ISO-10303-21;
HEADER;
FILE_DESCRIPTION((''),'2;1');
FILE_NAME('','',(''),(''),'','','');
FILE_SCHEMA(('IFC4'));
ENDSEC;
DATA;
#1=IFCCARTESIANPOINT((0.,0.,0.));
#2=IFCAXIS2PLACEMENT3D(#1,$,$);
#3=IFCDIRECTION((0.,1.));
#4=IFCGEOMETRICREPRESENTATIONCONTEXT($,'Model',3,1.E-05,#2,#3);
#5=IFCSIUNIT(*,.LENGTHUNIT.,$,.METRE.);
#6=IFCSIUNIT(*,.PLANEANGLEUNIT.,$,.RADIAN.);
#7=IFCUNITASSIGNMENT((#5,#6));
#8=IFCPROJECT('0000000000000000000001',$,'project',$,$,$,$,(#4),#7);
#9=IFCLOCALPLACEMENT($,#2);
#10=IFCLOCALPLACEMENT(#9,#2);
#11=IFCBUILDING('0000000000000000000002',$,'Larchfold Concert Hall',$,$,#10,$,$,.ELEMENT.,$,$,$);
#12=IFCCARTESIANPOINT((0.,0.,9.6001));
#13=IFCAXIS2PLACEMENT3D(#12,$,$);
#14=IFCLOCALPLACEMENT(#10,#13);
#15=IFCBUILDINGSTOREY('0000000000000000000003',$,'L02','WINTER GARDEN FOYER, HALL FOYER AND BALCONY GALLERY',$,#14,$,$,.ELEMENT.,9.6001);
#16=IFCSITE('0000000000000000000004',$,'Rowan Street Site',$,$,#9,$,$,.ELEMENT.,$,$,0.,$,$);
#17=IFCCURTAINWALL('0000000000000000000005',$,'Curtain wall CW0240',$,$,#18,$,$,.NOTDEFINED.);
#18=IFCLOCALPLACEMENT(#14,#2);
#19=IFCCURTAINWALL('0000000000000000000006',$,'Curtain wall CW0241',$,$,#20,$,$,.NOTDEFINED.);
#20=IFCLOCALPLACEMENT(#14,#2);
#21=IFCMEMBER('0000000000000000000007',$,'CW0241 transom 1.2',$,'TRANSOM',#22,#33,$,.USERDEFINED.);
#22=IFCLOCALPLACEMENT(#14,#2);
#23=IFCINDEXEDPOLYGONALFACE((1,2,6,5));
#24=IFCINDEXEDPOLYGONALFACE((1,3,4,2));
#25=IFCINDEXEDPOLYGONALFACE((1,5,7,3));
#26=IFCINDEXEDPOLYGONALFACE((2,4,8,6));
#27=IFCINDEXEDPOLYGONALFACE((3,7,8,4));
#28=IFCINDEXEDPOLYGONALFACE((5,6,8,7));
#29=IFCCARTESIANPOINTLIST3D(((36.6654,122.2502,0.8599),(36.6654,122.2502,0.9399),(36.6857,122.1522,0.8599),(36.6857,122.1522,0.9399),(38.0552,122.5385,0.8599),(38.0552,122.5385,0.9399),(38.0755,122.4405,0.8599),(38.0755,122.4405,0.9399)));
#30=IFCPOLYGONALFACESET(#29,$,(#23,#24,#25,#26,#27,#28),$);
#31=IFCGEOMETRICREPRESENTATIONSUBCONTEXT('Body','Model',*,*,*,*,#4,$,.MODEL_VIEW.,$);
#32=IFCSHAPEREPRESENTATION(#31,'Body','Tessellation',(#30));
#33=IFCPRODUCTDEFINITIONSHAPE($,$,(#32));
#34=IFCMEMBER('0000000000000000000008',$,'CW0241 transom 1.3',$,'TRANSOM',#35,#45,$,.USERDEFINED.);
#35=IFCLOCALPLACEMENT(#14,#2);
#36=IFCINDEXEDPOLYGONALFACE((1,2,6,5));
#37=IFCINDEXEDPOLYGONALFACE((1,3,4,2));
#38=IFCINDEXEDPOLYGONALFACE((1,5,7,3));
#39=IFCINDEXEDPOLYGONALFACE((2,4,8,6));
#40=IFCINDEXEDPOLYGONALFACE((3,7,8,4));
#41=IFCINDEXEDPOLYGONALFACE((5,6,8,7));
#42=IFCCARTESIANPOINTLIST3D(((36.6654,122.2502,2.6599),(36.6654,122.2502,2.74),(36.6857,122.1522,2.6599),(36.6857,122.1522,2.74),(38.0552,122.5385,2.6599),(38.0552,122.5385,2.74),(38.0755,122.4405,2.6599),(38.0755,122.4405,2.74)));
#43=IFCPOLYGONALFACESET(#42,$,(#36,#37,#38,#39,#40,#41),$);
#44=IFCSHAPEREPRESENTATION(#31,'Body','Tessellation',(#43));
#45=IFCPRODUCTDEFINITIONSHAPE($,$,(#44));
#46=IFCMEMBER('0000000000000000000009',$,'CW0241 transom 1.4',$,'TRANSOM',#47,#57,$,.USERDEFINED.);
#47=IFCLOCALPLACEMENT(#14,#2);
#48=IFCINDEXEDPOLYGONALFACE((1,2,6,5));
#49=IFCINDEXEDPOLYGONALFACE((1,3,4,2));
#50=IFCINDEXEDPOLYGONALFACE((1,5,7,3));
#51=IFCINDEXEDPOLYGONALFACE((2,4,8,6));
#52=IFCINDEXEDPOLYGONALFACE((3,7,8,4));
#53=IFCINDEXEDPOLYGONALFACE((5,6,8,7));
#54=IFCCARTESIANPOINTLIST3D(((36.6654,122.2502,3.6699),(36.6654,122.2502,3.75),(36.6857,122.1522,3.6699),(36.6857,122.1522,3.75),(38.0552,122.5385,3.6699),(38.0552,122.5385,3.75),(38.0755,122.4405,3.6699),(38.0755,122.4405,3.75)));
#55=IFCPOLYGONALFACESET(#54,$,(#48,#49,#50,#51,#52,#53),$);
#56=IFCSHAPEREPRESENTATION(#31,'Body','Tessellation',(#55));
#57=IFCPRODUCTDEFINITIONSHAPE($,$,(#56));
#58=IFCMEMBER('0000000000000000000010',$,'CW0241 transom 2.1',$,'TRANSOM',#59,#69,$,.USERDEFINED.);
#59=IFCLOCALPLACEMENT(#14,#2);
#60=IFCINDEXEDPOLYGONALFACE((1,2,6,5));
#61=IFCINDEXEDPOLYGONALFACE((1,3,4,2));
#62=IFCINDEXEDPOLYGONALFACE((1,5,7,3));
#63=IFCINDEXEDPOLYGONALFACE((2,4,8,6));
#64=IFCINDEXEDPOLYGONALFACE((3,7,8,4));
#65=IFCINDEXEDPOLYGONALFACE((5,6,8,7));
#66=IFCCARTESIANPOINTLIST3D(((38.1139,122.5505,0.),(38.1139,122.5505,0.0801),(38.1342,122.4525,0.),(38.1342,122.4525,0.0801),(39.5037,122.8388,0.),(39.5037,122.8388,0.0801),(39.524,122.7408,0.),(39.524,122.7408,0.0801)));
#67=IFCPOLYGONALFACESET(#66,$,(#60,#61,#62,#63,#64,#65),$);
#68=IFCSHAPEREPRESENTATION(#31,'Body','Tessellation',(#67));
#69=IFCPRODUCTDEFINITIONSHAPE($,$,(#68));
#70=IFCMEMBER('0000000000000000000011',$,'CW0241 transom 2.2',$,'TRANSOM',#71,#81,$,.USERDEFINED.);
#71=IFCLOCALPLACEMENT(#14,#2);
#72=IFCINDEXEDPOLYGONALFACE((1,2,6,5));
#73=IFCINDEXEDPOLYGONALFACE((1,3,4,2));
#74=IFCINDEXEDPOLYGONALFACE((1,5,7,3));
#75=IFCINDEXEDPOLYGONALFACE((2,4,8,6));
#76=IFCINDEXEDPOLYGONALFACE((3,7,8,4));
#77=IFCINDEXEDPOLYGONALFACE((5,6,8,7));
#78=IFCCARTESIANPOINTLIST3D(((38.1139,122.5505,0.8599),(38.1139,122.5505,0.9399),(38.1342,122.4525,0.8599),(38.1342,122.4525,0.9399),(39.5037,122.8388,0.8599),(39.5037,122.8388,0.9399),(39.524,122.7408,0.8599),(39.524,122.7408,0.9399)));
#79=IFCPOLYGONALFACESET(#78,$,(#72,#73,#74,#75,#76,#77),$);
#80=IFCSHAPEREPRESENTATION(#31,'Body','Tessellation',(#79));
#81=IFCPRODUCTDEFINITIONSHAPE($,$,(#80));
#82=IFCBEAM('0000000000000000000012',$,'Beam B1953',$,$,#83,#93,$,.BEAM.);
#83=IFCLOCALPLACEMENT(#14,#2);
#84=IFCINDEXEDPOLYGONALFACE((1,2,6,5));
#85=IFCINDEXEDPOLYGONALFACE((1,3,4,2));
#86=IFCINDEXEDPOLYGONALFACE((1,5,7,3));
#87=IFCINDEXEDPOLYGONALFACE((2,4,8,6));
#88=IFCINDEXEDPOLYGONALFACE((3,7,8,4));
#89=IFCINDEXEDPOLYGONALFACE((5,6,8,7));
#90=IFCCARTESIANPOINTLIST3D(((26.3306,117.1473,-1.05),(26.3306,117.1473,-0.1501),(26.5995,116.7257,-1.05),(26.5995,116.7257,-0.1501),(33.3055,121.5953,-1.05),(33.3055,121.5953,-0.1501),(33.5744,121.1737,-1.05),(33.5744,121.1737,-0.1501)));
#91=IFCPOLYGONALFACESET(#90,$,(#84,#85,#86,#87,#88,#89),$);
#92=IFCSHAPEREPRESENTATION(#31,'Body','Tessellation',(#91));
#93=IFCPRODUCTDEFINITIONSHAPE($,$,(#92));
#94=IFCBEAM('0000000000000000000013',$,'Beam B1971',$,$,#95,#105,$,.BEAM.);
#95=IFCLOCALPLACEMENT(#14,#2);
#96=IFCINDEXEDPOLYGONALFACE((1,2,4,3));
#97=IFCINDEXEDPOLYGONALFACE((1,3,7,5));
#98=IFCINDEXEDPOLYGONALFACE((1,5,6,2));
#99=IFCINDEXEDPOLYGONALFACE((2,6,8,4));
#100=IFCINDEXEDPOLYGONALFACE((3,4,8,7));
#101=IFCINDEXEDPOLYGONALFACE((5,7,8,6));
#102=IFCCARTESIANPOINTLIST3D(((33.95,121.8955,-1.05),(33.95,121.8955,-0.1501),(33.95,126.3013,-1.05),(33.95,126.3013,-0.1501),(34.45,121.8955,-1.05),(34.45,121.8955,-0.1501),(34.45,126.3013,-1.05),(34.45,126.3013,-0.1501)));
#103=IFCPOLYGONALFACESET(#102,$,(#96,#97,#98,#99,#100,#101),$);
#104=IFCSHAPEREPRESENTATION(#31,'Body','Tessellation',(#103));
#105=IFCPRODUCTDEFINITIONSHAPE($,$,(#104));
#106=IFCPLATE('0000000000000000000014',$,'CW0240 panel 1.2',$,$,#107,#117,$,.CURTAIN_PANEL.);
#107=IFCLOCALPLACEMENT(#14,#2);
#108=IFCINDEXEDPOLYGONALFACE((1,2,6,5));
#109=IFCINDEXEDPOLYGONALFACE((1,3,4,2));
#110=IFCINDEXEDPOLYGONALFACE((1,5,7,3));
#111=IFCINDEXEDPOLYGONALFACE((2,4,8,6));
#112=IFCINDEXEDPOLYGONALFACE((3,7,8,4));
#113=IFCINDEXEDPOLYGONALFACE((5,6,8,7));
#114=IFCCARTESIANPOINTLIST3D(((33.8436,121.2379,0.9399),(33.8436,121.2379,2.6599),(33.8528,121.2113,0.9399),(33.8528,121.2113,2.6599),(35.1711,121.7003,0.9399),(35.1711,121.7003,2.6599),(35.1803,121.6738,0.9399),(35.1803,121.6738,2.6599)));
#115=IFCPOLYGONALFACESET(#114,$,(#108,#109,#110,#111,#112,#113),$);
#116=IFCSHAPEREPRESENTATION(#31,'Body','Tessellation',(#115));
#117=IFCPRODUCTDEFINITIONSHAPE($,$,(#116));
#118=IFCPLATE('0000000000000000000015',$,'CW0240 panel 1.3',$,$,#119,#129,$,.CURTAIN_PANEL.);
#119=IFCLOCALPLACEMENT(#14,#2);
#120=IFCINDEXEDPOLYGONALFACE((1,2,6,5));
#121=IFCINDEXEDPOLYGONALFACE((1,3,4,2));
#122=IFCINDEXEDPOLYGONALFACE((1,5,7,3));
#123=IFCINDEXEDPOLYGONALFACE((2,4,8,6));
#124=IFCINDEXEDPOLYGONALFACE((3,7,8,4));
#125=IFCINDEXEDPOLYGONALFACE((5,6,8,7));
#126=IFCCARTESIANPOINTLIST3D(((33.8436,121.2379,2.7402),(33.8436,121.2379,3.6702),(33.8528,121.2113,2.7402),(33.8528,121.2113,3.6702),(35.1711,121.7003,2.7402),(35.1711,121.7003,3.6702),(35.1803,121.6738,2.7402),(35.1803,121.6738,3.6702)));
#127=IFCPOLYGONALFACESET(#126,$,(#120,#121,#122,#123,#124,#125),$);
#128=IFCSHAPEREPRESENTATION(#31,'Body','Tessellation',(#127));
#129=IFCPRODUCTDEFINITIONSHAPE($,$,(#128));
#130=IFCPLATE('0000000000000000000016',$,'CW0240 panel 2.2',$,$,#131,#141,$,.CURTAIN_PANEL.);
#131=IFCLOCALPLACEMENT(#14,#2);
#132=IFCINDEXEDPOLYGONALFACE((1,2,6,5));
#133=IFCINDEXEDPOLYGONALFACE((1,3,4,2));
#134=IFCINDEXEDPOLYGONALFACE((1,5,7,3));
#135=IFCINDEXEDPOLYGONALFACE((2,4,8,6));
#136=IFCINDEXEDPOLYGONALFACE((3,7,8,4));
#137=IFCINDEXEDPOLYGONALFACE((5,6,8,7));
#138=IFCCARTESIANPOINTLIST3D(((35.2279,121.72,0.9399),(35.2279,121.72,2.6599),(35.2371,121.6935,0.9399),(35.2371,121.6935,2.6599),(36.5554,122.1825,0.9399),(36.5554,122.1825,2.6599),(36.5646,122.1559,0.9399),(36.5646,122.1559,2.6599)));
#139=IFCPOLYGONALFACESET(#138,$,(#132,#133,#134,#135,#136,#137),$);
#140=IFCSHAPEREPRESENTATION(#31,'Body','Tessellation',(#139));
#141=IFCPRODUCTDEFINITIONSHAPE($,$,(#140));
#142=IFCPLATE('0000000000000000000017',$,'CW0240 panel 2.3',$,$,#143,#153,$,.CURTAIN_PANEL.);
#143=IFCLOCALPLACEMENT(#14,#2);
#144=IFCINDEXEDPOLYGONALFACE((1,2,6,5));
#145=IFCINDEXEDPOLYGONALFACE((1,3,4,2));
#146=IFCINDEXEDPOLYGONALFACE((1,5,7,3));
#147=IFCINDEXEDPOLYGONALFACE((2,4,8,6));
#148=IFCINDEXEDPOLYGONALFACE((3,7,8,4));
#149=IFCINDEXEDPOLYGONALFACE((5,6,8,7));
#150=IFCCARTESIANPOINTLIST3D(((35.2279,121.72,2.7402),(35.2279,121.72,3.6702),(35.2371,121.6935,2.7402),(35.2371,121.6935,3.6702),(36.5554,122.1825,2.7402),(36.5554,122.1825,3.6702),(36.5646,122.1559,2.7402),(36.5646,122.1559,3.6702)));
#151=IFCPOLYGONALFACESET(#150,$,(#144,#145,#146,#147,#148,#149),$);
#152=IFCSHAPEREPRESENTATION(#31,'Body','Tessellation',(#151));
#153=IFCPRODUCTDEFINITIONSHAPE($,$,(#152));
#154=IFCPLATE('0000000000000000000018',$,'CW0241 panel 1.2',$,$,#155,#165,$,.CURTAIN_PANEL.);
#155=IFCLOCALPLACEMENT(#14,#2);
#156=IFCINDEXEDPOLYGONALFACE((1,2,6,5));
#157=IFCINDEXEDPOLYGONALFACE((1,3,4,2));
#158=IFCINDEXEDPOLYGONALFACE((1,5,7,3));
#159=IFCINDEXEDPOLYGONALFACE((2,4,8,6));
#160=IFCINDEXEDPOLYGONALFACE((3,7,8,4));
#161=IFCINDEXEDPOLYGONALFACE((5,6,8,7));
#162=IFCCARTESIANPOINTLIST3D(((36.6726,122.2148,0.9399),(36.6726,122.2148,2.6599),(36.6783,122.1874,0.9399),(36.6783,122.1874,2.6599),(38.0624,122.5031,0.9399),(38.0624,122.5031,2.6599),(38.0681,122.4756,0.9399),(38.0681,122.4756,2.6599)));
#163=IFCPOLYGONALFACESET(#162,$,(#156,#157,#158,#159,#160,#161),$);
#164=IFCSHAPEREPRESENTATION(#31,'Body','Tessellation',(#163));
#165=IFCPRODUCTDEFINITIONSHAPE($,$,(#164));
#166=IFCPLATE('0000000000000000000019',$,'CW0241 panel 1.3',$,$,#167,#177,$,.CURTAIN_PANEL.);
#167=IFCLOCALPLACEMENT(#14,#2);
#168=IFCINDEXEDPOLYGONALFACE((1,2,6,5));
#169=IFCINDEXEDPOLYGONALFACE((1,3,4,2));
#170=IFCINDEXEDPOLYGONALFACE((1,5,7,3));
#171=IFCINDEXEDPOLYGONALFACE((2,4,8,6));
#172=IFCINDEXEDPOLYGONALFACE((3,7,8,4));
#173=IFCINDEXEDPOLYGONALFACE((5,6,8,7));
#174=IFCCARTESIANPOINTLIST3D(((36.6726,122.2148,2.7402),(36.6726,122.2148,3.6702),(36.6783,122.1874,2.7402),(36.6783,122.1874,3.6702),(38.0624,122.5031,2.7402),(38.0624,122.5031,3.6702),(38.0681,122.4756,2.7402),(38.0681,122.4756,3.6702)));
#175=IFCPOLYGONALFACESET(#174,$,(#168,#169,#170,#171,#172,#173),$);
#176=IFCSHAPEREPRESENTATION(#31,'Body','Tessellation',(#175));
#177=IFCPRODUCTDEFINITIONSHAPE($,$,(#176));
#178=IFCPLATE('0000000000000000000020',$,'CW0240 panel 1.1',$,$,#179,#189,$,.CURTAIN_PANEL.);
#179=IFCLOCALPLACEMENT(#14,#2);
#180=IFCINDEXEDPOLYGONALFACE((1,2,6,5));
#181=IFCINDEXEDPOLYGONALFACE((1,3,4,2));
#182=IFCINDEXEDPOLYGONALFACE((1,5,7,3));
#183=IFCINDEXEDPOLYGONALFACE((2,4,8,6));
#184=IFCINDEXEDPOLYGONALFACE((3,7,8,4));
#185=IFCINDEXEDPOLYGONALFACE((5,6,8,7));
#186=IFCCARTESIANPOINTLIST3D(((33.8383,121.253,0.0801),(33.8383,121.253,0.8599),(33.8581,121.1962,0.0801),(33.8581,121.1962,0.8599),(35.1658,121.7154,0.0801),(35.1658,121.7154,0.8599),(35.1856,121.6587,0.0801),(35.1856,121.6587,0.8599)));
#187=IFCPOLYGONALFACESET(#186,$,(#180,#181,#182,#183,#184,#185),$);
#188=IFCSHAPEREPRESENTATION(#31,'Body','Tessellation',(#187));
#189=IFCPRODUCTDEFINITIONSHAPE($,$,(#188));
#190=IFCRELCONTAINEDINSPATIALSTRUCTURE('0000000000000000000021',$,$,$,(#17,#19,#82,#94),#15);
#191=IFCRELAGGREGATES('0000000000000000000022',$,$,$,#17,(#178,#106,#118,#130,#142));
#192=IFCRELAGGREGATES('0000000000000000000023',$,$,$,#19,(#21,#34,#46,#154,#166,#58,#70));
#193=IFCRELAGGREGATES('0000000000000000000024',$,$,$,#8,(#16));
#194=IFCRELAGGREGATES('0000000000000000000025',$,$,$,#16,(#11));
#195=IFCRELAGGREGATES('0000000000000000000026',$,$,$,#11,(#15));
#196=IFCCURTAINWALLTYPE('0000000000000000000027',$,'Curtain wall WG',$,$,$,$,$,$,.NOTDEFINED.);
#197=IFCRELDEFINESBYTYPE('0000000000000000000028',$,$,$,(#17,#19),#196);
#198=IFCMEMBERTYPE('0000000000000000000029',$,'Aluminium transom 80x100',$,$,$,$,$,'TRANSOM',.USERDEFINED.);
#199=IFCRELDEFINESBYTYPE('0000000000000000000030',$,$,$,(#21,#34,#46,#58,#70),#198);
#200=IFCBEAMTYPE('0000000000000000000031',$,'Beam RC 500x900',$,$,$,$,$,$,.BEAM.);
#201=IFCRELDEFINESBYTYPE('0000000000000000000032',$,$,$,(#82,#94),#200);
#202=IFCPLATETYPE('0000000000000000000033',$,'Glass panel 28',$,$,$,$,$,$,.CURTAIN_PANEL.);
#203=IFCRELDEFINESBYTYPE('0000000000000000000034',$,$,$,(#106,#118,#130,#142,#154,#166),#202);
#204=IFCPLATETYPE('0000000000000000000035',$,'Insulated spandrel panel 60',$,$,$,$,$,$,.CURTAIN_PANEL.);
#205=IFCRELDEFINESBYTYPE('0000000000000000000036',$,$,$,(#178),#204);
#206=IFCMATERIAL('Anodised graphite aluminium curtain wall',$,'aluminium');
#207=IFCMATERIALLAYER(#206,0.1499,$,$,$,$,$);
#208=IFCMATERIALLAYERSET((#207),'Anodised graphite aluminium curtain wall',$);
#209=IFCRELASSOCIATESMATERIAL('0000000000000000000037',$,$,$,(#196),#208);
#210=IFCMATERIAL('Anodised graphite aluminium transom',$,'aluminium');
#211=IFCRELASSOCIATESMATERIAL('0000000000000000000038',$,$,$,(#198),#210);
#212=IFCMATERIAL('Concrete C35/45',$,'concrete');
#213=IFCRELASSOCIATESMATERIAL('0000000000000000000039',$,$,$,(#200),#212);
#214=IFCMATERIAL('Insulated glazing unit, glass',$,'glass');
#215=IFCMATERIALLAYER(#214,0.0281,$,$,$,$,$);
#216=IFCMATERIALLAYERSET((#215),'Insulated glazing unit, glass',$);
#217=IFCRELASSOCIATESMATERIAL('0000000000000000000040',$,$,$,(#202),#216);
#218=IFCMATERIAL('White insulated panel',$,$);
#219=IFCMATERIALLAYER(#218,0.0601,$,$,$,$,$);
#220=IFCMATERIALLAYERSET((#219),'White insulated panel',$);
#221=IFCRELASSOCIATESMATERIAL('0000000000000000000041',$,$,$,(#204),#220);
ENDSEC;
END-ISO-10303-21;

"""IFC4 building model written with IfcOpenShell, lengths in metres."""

from ifc_helpers import new_model, si_unit, direction, frame, origin, origin_2d, place, context, subcontext, project, spatial, rectangle, extrude, material, layer, layer_set, material_profile, profile_set, type_object, element, aggregate, save


model = new_model("IFC4")

# Units and contexts
model_context = context("Model", 3, precision=1e-05, world=origin(), true_north=direction((0.0, 1.0)))
body_context = subcontext(model_context, "Body", "Model", "MODEL_VIEW")
ifc_project = project(units=[si_unit("LENGTHUNIT", "METRE"), si_unit("PLANEANGLEUNIT", "RADIAN")], contexts=[model_context])

# Site, building, storey
site_placement = place(None, origin())
site = spatial("IfcSite", under=ifc_project, at=site_placement, Name="Rowan Street Site", CompositionType="ELEMENT", RefElevation=0.0)
building_placement = place(site_placement, origin())
building = spatial("IfcBuilding", under=site, at=building_placement, Name="Larchfold Concert Hall", CompositionType="ELEMENT")
storey_placement = place(building_placement, frame((0.0, 0.0, 9.6001)))
storey = spatial("IfcBuildingStorey", under=building, at=storey_placement, Name="L02", Description="WINTER GARDEN FOYER, HALL FOYER AND BALCONY GALLERY", CompositionType="ELEMENT", Elevation=9.6001)

# Curtain walls
ifc_material_1 = material(Name="Anodised graphite aluminium curtain wall", Category="aluminium")
ifc_layer_1 = layer(ifc_material_1, 0.1499)
ifc_layer_set_1 = layer_set([ifc_layer_1], Name="Anodised graphite aluminium curtain wall")
curtain_wall_type = type_object("IfcCurtainWallType", Name="Curtain wall WG", PredefinedType="NOTDEFINED", material=ifc_layer_set_1)
curtain_wall_1_placement = place(storey_placement, origin())
curtain_wall_1 = element("IfcCurtainWall", 1, at=curtain_wall_1_placement, inside=storey, type_object=curtain_wall_type, Name="Curtain wall CW0240", PredefinedType="NOTDEFINED")
curtain_wall_2_placement = place(storey_placement, origin())
curtain_wall_2 = element("IfcCurtainWall", 2, at=curtain_wall_2_placement, inside=storey, type_object=curtain_wall_type, Name="Curtain wall CW0241", PredefinedType="NOTDEFINED")

# Members
ifc_material_2 = material(Name="Anodised graphite aluminium transom", Category="aluminium")
ifc_material_profile_1 = material_profile(ifc_material_2, rectangle(XDim=0.1001, YDim=0.0801, at=origin_2d()))
ifc_profile_set_1 = profile_set([ifc_material_profile_1], Name="Anodised graphite aluminium transom")
member_type_1 = type_object("IfcMemberType", Name="Aluminium transom 80x100", ElementType="TRANSOM", PredefinedType="USERDEFINED", material=ifc_profile_set_1)
member_1_placement = place(storey_placement, frame((36.6755, 122.2012, 0.8999), z_axis=(0.979153, 0.203123, 0.0), x_axis=(-0.203123, 0.979153, 0.0)))
member_1 = element("IfcMember", 3, at=member_1_placement, type_object=member_type_1, Name="CW0241 transom 1.2", ObjectType="TRANSOM", PredefinedType="USERDEFINED", context=body_context, shape_type="SweptSolid", body=[
    extrude(rectangle(XDim=0.1001, YDim=0.0801, at=origin_2d()), origin(), (0.0, 0.0, 1.0), 1.4194),
])
member_2_placement = place(storey_placement, frame((36.6755, 122.2012, 2.7), z_axis=(0.979153, 0.203123, 0.0), x_axis=(-0.203123, 0.979153, 0.0)))
member_2 = element("IfcMember", 4, at=member_2_placement, type_object=member_type_1, Name="CW0241 transom 1.3", ObjectType="TRANSOM", PredefinedType="USERDEFINED", context=body_context, shape_type="SweptSolid", body=[
    extrude(rectangle(XDim=0.1001, YDim=0.0801, at=origin_2d()), origin(), (0.0, 0.0, 1.0), 1.4194),
])
member_3_placement = place(storey_placement, frame((36.6755, 122.2012, 3.71), z_axis=(0.979153, 0.203123, 0.0), x_axis=(-0.203123, 0.979153, 0.0)))
member_3 = element("IfcMember", 5, at=member_3_placement, type_object=member_type_1, Name="CW0241 transom 1.4", ObjectType="TRANSOM", PredefinedType="USERDEFINED", context=body_context, shape_type="SweptSolid", body=[
    extrude(rectangle(XDim=0.1001, YDim=0.0801, at=origin_2d()), origin(), (0.0, 0.0, 1.0), 1.4194),
])
member_4_placement = place(storey_placement, frame((38.124, 122.5015, 0.04), z_axis=(0.979153, 0.203123, 0.0), x_axis=(-0.203123, 0.979153, 0.0)))
member_4 = element("IfcMember", 6, at=member_4_placement, type_object=member_type_1, Name="CW0241 transom 2.1", ObjectType="TRANSOM", PredefinedType="USERDEFINED", context=body_context, shape_type="SweptSolid", body=[
    extrude(rectangle(XDim=0.1001, YDim=0.0801, at=origin_2d()), origin(), (0.0, 0.0, 1.0), 1.4194),
])
member_5_placement = place(storey_placement, frame((38.124, 122.5015, 0.8999), z_axis=(0.979153, 0.203123, 0.0), x_axis=(-0.203123, 0.979153, 0.0)))
member_5 = element("IfcMember", 7, at=member_5_placement, type_object=member_type_1, Name="CW0241 transom 2.2", ObjectType="TRANSOM", PredefinedType="USERDEFINED", context=body_context, shape_type="SweptSolid", body=[
    extrude(rectangle(XDim=0.1001, YDim=0.0801, at=origin_2d()), origin(), (0.0, 0.0, 1.0), 1.4194),
])

# Beams
ifc_material_3 = material(Name="Concrete C35/45", Category="concrete")
ifc_material_profile_2 = material_profile(ifc_material_3, rectangle(XDim=0.5, YDim=0.8999, at=origin_2d()))
ifc_profile_set_2 = profile_set([ifc_material_profile_2], Name="Concrete C35/45")
beam_type = type_object("IfcBeamType", Name="Beam RC 500x900", PredefinedType="BEAM", material=ifc_profile_set_2)
beam_1_placement = place(storey_placement, frame((33.4399, 121.3845, -0.6001), z_axis=(-0.843143, -0.537689, 0.0), x_axis=(0.537689, -0.843143, 0.0)))
element("IfcBeam", 8, at=beam_1_placement, inside=storey, type_object=beam_type, Name="Beam B1953", PredefinedType="BEAM", context=body_context, shape_type="SweptSolid", body=[
    extrude(rectangle(XDim=0.5, YDim=0.8999, at=origin_2d()), origin(), (0.0, 0.0, 1.0), 8.2725),
])
beam_2_placement = place(storey_placement, frame((34.2, 121.8955, -0.6001), z_axis=(0.0, 1.0, 0.0), x_axis=(-1.0, 0.0, 0.0)))
element("IfcBeam", 9, at=beam_2_placement, inside=storey, type_object=beam_type, Name="Beam B1971", PredefinedType="BEAM", context=body_context, shape_type="SweptSolid", body=[
    extrude(rectangle(XDim=0.5, YDim=0.8999, at=origin_2d()), origin(), (0.0, 0.0, 1.0), 4.4058),
])

# Plates
ifc_material_4 = material(Name="Insulated glazing unit, glass", Category="glass")
ifc_layer_2 = layer(ifc_material_4, 0.0281)
ifc_layer_set_2 = layer_set([ifc_layer_2], Name="Insulated glazing unit, glass")
plate_type_1 = type_object("IfcPlateType", Name="Glass panel 28", PredefinedType="CURTAIN_PANEL", material=ifc_layer_set_2)
plate_1_placement = place(storey_placement, frame((34.512, 121.4558, 0.9399), z_axis=(0.0, 0.0, 1.0), x_axis=(0.944346, 0.328954, 0.0)))
plate_1 = element("IfcPlate", 10, at=plate_1_placement, type_object=plate_type_1, Name="CW0240 panel 1.2", PredefinedType="CURTAIN_PANEL", context=body_context, shape_type="SweptSolid", body=[
    extrude(rectangle(XDim=1.4058, YDim=0.0281, at=origin_2d()), origin(), (0.0, 0.0, 1.0), 1.72),
])
plate_2_placement = place(storey_placement, frame((34.512, 121.4558, 2.7402), z_axis=(0.0, 0.0, 1.0), x_axis=(0.944346, 0.328954, 0.0)))
plate_2 = element("IfcPlate", 11, at=plate_2_placement, type_object=plate_type_1, Name="CW0240 panel 1.3", PredefinedType="CURTAIN_PANEL", context=body_context, shape_type="SweptSolid", body=[
    extrude(rectangle(XDim=1.4058, YDim=0.0281, at=origin_2d()), origin(), (0.0, 0.0, 1.0), 0.9299),
])
plate_3_placement = place(storey_placement, frame((35.8962, 121.938, 0.9399), z_axis=(0.0, 0.0, 1.0), x_axis=(0.944346, 0.328954, 0.0)))
plate_3 = element("IfcPlate", 12, at=plate_3_placement, type_object=plate_type_1, Name="CW0240 panel 2.2", PredefinedType="CURTAIN_PANEL", context=body_context, shape_type="SweptSolid", body=[
    extrude(rectangle(XDim=1.4058, YDim=0.0281, at=origin_2d()), origin(), (0.0, 0.0, 1.0), 1.72),
])
plate_4_placement = place(storey_placement, frame((35.8962, 121.938, 2.7402), z_axis=(0.0, 0.0, 1.0), x_axis=(0.944346, 0.328954, 0.0)))
plate_4 = element("IfcPlate", 13, at=plate_4_placement, type_object=plate_type_1, Name="CW0240 panel 2.3", PredefinedType="CURTAIN_PANEL", context=body_context, shape_type="SweptSolid", body=[
    extrude(rectangle(XDim=1.4058, YDim=0.0281, at=origin_2d()), origin(), (0.0, 0.0, 1.0), 0.9299),
])
plate_5_placement = place(storey_placement, frame((37.3704, 122.3452, 0.9399), z_axis=(0.0, 0.0, 1.0), x_axis=(0.979166, 0.203063, 0.0)))
plate_5 = element("IfcPlate", 14, at=plate_5_placement, type_object=plate_type_1, Name="CW0241 panel 1.2", PredefinedType="CURTAIN_PANEL", context=body_context, shape_type="SweptSolid", body=[
    extrude(rectangle(XDim=1.4194, YDim=0.0281, at=origin_2d()), origin(), (0.0, 0.0, 1.0), 1.72),
])
plate_6_placement = place(storey_placement, frame((37.3704, 122.3452, 2.7402), z_axis=(0.0, 0.0, 1.0), x_axis=(0.979166, 0.203063, 0.0)))
plate_6 = element("IfcPlate", 15, at=plate_6_placement, type_object=plate_type_1, Name="CW0241 panel 1.3", PredefinedType="CURTAIN_PANEL", context=body_context, shape_type="SweptSolid", body=[
    extrude(rectangle(XDim=1.4194, YDim=0.0281, at=origin_2d()), origin(), (0.0, 0.0, 1.0), 0.9299),
])
ifc_material_5 = material(Name="White insulated panel")
ifc_layer_3 = layer(ifc_material_5, 0.0601)
ifc_layer_set_3 = layer_set([ifc_layer_3], Name="White insulated panel")
plate_type_2 = type_object("IfcPlateType", Name="Insulated spandrel panel 60", PredefinedType="CURTAIN_PANEL", material=ifc_layer_set_3)
plate_7_placement = place(storey_placement, frame((34.512, 121.4558, 0.0801), z_axis=(0.0, 0.0, 1.0), x_axis=(0.944346, 0.328954, 0.0)))
plate_7 = element("IfcPlate", 16, at=plate_7_placement, type_object=plate_type_2, Name="CW0240 panel 1.1", PredefinedType="CURTAIN_PANEL", context=body_context, shape_type="SweptSolid", body=[
    extrude(rectangle(XDim=1.4058, YDim=0.0601, at=origin_2d()), origin(), (0.0, 0.0, 1.0), 0.7798),
])
aggregate(curtain_wall_1, [plate_7, plate_1, plate_2, plate_3, plate_4])
aggregate(curtain_wall_2, [member_1, member_2, member_3, plate_5, plate_6, member_4, member_5])

save(model, "model.ifc")
